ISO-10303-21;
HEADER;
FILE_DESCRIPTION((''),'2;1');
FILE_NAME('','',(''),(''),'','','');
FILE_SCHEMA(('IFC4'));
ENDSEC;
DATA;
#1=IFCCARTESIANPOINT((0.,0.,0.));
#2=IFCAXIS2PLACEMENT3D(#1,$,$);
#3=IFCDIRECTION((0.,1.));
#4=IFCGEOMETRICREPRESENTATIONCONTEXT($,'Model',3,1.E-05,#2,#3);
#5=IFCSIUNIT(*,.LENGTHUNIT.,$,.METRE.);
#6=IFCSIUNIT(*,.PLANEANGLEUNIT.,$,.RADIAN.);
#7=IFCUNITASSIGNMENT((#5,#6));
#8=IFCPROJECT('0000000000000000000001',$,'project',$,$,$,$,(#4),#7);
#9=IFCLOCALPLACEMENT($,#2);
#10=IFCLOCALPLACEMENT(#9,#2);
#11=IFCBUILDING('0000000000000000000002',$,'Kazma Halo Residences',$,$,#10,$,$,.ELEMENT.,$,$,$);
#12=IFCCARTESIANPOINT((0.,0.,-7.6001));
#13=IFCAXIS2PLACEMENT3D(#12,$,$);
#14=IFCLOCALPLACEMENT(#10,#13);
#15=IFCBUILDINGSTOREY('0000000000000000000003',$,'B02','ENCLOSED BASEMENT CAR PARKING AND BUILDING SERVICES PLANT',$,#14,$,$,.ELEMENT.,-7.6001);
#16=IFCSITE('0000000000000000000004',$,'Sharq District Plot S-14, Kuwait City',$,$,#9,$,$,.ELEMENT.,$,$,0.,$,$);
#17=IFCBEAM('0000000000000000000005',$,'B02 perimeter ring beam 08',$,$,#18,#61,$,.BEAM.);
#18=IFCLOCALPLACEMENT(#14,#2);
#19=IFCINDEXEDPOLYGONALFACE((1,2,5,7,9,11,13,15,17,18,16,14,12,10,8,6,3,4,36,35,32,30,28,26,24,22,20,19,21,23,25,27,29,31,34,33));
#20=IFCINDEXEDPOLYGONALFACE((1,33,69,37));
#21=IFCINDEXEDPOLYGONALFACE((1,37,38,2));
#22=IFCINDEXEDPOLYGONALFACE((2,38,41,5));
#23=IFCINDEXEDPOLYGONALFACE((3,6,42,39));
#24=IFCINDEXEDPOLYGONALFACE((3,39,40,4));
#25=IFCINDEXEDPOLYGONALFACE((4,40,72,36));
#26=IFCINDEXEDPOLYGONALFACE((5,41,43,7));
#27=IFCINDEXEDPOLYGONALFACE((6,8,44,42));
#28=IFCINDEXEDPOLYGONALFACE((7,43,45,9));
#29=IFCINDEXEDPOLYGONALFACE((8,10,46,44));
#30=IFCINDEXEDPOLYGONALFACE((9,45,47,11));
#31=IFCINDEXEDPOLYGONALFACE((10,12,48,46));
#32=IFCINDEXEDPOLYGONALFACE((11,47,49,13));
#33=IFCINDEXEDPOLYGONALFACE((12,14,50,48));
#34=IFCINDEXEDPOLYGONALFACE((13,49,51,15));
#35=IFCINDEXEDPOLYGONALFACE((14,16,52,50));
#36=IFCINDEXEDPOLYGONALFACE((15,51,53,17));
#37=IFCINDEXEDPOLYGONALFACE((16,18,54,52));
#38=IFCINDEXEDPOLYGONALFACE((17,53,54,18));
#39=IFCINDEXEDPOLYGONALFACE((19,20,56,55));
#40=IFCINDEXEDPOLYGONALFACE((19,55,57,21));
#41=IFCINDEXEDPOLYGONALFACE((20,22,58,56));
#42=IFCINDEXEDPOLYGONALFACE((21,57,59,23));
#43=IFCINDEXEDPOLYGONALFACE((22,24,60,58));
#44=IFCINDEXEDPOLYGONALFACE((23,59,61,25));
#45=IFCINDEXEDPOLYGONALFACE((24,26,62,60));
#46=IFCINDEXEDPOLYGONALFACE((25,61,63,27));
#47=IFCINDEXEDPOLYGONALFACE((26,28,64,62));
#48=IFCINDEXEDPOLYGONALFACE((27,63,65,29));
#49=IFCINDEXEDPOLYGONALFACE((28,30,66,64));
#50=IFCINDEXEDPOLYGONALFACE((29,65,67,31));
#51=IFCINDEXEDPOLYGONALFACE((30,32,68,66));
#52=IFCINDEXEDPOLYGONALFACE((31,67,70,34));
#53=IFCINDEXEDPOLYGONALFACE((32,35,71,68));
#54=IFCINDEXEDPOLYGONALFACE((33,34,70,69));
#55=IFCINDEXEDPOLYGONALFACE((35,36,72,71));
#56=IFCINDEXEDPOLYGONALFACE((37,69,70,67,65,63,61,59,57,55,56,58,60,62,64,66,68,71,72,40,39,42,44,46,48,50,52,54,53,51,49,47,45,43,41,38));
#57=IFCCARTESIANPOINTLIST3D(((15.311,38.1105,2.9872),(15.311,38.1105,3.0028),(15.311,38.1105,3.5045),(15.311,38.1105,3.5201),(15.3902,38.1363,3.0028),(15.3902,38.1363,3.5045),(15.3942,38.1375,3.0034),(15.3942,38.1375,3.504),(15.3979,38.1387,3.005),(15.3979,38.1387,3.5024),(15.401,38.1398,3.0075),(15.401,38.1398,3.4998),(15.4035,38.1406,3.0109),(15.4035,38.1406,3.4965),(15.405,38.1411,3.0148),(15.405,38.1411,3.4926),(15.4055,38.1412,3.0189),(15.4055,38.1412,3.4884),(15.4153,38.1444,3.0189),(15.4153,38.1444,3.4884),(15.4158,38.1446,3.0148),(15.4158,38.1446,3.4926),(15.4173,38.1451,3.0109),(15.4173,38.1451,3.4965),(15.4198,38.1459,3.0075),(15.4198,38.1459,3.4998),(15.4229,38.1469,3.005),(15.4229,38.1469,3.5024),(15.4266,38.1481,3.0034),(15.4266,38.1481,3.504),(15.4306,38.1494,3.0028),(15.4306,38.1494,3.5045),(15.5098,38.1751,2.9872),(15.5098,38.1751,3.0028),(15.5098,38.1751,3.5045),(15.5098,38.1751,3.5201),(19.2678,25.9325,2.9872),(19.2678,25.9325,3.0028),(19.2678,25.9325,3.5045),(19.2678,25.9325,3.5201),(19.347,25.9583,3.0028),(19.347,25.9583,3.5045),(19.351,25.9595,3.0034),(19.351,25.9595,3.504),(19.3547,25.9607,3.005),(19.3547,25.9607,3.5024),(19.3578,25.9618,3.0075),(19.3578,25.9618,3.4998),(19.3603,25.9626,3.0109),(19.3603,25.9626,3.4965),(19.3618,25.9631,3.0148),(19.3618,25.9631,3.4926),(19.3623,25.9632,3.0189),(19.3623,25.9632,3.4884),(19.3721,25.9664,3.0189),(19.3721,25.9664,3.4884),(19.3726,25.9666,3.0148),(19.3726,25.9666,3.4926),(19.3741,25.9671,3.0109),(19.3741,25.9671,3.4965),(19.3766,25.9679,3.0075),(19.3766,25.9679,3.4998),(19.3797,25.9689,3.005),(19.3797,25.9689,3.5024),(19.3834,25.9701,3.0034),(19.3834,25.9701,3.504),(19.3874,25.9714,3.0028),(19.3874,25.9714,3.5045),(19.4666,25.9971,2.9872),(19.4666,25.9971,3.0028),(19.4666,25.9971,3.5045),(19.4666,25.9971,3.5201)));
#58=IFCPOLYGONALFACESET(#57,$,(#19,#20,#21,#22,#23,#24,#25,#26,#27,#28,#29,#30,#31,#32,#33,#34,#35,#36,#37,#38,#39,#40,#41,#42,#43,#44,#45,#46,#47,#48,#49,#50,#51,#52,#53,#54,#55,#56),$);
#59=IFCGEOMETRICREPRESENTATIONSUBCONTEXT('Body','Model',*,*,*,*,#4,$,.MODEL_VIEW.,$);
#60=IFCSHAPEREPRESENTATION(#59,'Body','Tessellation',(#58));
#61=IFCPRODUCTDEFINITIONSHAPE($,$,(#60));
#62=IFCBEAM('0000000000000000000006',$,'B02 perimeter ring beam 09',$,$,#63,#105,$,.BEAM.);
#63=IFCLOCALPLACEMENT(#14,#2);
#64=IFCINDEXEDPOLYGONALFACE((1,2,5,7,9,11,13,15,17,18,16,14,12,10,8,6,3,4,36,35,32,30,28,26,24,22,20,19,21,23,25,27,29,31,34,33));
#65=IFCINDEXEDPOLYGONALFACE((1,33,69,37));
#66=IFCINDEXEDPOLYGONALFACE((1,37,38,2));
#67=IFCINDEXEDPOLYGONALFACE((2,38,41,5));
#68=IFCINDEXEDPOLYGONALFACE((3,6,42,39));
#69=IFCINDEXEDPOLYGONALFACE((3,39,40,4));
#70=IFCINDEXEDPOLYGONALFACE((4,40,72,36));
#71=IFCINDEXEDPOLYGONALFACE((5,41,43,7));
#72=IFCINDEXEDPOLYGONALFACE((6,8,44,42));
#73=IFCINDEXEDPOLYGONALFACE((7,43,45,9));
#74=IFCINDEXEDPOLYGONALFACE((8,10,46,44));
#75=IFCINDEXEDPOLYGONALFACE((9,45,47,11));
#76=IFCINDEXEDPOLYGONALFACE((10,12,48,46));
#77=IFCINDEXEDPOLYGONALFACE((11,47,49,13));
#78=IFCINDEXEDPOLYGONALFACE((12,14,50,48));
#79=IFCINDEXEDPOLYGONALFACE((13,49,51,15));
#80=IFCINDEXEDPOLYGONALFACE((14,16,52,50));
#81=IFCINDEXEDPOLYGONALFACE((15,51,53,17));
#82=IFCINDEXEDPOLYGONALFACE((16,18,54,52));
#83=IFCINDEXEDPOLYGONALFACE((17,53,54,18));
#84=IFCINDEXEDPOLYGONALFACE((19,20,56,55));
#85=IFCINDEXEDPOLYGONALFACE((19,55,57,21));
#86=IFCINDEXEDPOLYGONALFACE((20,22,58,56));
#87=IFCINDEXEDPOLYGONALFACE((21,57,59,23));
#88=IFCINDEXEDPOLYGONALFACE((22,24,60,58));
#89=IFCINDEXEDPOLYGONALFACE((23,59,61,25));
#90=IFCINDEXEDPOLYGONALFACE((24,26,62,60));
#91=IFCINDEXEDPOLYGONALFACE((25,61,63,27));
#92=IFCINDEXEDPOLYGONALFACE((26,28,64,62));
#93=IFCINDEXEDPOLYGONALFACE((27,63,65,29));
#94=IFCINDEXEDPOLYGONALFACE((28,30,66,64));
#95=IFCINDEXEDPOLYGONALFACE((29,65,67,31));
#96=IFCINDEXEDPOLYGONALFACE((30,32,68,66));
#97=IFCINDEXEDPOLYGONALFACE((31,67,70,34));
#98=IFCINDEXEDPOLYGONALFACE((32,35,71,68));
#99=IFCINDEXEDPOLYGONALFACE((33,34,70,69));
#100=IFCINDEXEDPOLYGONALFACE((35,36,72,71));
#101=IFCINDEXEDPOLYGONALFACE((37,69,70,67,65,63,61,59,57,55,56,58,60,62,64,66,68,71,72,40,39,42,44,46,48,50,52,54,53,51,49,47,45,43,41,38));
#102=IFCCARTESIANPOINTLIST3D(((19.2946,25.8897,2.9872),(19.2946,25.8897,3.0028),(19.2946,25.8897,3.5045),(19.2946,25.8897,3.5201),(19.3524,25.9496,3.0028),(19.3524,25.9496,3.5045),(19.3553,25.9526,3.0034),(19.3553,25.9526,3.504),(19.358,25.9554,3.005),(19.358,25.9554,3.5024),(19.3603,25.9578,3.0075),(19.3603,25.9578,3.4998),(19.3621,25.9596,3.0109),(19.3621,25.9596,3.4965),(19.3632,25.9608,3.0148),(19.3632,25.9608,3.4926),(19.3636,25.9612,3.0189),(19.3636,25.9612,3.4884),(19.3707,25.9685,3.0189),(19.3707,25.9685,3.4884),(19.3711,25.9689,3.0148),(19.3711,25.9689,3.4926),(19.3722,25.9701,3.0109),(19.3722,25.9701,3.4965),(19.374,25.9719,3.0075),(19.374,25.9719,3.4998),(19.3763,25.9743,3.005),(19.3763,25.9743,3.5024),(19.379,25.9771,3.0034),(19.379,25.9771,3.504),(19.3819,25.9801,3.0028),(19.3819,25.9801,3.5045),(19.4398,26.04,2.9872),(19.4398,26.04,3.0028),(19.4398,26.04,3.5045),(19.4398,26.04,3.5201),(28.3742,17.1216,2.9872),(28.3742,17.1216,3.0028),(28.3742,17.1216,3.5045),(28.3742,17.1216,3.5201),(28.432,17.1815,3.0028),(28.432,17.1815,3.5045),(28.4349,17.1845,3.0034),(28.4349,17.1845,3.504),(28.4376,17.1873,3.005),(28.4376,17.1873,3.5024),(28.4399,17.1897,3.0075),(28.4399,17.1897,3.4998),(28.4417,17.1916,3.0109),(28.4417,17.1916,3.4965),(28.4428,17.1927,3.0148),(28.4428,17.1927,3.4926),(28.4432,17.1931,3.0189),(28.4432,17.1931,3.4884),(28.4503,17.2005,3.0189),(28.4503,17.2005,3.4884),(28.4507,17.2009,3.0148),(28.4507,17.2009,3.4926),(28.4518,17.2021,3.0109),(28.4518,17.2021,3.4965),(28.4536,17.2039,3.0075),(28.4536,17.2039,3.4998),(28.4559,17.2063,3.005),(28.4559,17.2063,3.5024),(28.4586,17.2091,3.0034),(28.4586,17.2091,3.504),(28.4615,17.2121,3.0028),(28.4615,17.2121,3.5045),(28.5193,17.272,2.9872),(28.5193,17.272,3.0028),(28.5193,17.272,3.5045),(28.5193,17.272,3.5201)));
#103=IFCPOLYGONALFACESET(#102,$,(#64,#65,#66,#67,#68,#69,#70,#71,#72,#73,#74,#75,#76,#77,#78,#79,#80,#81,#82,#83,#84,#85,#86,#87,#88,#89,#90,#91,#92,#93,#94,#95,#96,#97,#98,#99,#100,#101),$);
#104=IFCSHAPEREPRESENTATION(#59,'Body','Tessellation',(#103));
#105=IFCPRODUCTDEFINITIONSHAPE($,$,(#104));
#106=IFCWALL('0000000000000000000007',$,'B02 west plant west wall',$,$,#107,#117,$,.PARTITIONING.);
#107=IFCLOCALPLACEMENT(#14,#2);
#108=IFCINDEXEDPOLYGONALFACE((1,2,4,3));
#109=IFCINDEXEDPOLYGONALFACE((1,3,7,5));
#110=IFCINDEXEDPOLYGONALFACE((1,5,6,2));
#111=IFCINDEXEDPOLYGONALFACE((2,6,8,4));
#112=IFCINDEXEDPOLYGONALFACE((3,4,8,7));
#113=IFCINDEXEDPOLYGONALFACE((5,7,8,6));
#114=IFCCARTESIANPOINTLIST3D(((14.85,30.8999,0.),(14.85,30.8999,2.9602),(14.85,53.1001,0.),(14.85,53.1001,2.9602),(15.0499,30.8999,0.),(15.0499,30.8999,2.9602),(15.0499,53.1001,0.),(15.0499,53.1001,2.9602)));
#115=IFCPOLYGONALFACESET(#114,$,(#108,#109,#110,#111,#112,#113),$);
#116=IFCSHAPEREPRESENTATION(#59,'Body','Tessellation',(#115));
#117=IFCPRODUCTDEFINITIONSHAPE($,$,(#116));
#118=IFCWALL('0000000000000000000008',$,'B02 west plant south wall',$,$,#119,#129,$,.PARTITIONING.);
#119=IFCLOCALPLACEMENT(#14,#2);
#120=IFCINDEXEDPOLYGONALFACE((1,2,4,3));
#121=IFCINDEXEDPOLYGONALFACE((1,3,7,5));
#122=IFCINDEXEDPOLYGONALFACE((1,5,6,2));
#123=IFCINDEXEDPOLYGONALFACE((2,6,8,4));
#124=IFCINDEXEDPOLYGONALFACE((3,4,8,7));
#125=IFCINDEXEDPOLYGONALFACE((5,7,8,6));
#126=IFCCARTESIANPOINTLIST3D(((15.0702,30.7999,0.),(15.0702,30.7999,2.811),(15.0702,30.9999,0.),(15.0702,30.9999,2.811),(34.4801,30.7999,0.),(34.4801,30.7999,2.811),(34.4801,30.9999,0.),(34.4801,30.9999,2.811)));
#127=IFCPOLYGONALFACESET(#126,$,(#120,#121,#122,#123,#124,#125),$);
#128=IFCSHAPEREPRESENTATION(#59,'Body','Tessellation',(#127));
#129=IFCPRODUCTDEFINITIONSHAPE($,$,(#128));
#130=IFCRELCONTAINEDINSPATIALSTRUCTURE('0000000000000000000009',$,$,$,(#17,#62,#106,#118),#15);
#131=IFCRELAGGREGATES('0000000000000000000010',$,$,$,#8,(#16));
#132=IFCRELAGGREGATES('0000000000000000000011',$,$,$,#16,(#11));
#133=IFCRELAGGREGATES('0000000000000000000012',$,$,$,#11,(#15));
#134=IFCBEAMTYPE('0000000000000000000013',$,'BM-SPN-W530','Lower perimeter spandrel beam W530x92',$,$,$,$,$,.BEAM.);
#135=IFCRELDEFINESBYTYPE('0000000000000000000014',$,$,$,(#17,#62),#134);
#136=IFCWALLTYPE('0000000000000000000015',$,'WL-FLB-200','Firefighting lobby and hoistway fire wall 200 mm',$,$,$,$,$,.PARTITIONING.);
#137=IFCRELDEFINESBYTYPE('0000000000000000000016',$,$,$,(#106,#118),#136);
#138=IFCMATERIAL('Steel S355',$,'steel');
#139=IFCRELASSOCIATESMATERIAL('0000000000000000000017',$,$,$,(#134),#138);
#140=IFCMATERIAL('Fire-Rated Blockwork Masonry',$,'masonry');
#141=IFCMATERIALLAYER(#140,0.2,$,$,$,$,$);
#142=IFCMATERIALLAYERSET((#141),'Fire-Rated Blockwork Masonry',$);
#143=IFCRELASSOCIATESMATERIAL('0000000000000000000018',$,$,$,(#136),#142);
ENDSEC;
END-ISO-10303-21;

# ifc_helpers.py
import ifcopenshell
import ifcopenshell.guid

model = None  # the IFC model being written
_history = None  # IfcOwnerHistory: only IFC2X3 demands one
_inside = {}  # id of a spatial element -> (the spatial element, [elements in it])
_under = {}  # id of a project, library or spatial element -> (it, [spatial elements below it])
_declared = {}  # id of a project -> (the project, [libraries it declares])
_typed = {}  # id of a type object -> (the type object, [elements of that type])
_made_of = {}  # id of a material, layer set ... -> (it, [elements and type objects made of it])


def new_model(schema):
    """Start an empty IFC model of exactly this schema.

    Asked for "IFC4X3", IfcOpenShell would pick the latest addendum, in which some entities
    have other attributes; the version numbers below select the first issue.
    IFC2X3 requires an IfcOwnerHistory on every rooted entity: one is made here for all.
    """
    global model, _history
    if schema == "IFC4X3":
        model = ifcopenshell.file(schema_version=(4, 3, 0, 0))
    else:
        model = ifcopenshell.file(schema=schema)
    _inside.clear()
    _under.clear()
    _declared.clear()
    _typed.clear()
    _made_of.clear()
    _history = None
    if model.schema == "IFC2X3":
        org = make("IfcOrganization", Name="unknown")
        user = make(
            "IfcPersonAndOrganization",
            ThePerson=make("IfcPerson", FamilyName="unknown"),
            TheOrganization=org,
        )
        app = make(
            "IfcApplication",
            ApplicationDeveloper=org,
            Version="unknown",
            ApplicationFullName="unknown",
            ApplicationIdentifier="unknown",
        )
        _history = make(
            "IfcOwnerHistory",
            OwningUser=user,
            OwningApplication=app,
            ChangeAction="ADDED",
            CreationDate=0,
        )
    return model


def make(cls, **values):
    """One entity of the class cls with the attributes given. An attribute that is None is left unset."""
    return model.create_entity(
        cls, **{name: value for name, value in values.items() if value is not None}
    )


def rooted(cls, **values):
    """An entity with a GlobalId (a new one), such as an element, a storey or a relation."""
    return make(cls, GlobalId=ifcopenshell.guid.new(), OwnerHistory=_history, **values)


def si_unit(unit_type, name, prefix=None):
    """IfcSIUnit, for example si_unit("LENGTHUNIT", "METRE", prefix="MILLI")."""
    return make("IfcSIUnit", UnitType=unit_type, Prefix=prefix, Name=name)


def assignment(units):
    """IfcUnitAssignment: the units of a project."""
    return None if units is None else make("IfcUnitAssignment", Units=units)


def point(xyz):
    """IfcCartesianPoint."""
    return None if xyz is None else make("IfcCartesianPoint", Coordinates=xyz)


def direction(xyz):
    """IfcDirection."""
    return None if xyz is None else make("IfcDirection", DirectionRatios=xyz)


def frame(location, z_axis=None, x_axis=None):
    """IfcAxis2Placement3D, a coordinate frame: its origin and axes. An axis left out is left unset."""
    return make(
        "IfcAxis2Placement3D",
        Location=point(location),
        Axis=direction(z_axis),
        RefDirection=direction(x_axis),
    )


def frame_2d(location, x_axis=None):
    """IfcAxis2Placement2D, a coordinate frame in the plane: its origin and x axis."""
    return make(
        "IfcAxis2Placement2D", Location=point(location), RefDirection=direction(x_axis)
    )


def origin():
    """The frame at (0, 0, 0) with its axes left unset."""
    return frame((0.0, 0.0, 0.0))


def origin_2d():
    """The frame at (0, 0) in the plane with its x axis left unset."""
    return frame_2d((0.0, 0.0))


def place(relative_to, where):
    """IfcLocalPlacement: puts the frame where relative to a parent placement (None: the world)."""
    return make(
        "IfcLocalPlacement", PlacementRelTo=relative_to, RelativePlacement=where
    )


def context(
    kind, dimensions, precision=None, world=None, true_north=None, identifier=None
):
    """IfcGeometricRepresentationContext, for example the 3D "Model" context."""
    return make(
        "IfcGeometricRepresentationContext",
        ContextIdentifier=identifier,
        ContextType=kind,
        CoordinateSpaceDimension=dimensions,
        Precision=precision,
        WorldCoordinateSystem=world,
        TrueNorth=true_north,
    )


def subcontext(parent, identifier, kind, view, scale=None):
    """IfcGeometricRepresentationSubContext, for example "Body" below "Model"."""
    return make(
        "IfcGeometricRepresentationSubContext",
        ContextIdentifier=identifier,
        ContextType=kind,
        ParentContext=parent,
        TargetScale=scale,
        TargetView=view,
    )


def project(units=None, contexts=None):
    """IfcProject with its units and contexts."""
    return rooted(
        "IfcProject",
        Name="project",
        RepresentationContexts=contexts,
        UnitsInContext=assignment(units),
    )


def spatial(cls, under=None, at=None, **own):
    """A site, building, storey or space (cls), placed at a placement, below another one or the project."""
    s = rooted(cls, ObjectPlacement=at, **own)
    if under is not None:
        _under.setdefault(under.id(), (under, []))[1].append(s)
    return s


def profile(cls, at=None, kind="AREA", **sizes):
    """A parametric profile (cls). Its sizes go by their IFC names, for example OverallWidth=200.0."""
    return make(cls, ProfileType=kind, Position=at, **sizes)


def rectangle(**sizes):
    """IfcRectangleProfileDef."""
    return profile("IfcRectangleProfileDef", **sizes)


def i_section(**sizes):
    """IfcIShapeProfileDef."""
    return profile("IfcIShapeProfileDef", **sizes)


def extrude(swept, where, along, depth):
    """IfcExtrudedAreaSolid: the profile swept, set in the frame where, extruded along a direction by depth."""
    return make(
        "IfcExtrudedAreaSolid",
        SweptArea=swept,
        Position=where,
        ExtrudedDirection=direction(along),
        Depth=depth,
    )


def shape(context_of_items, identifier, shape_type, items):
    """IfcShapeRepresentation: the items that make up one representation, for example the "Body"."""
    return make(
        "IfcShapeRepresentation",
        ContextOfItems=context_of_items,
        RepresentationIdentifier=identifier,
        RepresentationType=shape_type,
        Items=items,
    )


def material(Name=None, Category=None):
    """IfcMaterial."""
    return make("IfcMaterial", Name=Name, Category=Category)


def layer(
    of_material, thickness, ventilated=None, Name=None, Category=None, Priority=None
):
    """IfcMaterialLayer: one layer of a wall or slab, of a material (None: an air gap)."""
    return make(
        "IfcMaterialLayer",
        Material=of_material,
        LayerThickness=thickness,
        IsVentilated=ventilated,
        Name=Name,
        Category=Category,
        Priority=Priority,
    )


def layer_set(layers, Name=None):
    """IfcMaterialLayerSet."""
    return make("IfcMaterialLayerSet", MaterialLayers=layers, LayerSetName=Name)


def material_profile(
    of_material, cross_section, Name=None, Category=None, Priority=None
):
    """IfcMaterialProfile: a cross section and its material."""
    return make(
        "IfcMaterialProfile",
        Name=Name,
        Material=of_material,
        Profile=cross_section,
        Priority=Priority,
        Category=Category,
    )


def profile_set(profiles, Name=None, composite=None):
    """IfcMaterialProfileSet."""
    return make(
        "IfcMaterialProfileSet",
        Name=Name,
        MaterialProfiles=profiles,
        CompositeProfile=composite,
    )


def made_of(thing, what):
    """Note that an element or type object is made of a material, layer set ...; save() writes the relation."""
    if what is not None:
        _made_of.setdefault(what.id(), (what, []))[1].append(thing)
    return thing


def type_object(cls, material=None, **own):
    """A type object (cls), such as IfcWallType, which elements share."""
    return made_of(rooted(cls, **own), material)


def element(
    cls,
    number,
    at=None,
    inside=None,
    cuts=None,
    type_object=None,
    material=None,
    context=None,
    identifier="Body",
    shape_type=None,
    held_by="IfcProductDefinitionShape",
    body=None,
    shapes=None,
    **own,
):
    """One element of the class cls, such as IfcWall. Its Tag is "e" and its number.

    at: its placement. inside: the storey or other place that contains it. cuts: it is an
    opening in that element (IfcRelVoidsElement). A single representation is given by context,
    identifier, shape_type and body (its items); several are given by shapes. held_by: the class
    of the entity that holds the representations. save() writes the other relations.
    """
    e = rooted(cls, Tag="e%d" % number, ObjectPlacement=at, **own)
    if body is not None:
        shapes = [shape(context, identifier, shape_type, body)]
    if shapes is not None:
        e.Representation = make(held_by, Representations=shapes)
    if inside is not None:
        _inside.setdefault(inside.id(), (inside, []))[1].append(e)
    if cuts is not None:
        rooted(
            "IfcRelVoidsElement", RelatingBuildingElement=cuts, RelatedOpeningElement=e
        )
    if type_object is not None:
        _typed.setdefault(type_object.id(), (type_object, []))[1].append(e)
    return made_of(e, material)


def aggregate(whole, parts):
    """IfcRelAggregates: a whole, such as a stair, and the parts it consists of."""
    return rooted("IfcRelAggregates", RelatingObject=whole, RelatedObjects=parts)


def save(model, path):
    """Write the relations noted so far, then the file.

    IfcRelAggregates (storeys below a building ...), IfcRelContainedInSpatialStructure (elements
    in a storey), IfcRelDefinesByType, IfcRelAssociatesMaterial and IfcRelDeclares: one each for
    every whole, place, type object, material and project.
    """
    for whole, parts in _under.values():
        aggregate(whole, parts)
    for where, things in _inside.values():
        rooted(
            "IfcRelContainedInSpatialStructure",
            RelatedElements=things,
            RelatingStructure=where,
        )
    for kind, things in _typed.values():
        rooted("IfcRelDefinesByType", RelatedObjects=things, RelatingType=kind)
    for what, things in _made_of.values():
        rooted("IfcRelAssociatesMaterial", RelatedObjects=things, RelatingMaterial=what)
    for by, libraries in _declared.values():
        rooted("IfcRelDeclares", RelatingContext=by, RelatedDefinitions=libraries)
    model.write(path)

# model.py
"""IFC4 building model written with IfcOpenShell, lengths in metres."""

from ifc_helpers import new_model, si_unit, direction, frame, frame_2d, origin, origin_2d, place, context, subcontext, project, spatial, rectangle, i_section, extrude, material, layer, layer_set, material_profile, profile_set, type_object, element, save


model = new_model("IFC4")

# Units and contexts
model_context = context("Model", 3, precision=1e-05, world=origin(), true_north=direction((0.0, 1.0)))
body_context = subcontext(model_context, "Body", "Model", "MODEL_VIEW")
ifc_project = project(units=[si_unit("LENGTHUNIT", "METRE"), si_unit("PLANEANGLEUNIT", "RADIAN")], contexts=[model_context])

# Site, building, storey
site_placement = place(None, origin())
site = spatial("IfcSite", under=ifc_project, at=site_placement, Name="Sharq District Plot S-14, Kuwait City", CompositionType="ELEMENT", RefElevation=0.0)
building_placement = place(site_placement, origin())
building = spatial("IfcBuilding", under=site, at=building_placement, Name="Kazma Halo Residences", CompositionType="ELEMENT")
storey_placement = place(building_placement, frame((0.0, 0.0, -7.6001)))
storey = spatial("IfcBuildingStorey", under=building, at=storey_placement, Name="B02", Description="ENCLOSED BASEMENT CAR PARKING AND BUILDING SERVICES PLANT", CompositionType="ELEMENT", Elevation=-7.6001)

# Beams
ifc_material_1 = material(Name="Steel S355", Category="steel")
ifc_material_profile_1 = material_profile(ifc_material_1, i_section(OverallWidth=0.209, OverallDepth=0.533, WebThickness=0.0103, FlangeThickness=0.0156, FilletRadius=0.0161, at=origin_2d()), Name="W530x92")
ifc_profile_set_1 = profile_set([ifc_material_profile_1], Name="Steel S355")
beam_type_1 = type_object("IfcBeamType", Name="BM-SPN-W530", Description="Lower perimeter spandrel beam W530x92", PredefinedType="BEAM", material=ifc_profile_set_1)
beam_1_placement = place(storey_placement, frame((15.4104, 38.1428, 3.2537), z_axis=(0.309011, -0.951058, 0.0), x_axis=(0.951058, 0.309011, 0.0)))
element("IfcBeam", 1, at=beam_1_placement, inside=storey, type_object=beam_type_1, Name="B02 perimeter ring beam 08", PredefinedType="BEAM", context=body_context, shape_type="SweptSolid", body=[
    extrude(i_section(OverallWidth=0.209, OverallDepth=0.533, WebThickness=0.0103, FlangeThickness=0.0156, FilletRadius=0.0161, at=origin_2d()), origin(), (0.0, 0.0, 1.0), 12.8047),
])
beam_2_placement = place(storey_placement, frame((19.3672, 25.9648, 3.2537), z_axis=(0.719339, -0.694659, 0.0), x_axis=(0.694659, 0.719339, 0.0)))
element("IfcBeam", 2, at=beam_2_placement, inside=storey, type_object=beam_type_1, Name="B02 perimeter ring beam 09", PredefinedType="BEAM", context=body_context, shape_type="SweptSolid", body=[
    extrude(i_section(OverallWidth=0.209, OverallDepth=0.533, WebThickness=0.0103, FlangeThickness=0.0156, FilletRadius=0.0161, at=origin_2d()), origin(), (0.0, 0.0, 1.0), 12.6221),
])

# Walls
ifc_material_2 = material(Name="Fire-Rated Blockwork Masonry", Category="masonry")
ifc_layer = layer(ifc_material_2, 0.2)
ifc_layer_set = layer_set([ifc_layer], Name="Fire-Rated Blockwork Masonry")
wall_type = type_object("IfcWallType", Name="WL-FLB-200", Description="Firefighting lobby and hoistway fire wall 200 mm", PredefinedType="PARTITIONING", material=ifc_layer_set)
wall_1_placement = place(storey_placement, frame((14.95, 30.8999, 0.0), z_axis=(0.0, 0.0, 1.0), x_axis=(0.0, 1.0, 0.0)))
element("IfcWall", 3, at=wall_1_placement, inside=storey, type_object=wall_type, Name="B02 west plant west wall", PredefinedType="PARTITIONING", context=body_context, shape_type="SweptSolid", body=[
    extrude(rectangle(XDim=22.2002, YDim=0.2, at=frame_2d((11.1001, 0.0))), origin(), (0.0, 0.0, 1.0), 2.9602),
])
wall_2_placement = place(storey_placement, frame((15.0701, 30.8999, 0.0), z_axis=(0.0, 0.0, 1.0), x_axis=(1.0, 0.0, 0.0)))
element("IfcWall", 4, at=wall_2_placement, inside=storey, type_object=wall_type, Name="B02 west plant south wall", PredefinedType="PARTITIONING", context=body_context, shape_type="SweptSolid", body=[
    extrude(rectangle(XDim=19.4099, YDim=0.2, at=frame_2d((9.7051, 0.0))), origin(), (0.0, 0.0, 1.0), 2.811),
])

save(model, "model.ifc")
